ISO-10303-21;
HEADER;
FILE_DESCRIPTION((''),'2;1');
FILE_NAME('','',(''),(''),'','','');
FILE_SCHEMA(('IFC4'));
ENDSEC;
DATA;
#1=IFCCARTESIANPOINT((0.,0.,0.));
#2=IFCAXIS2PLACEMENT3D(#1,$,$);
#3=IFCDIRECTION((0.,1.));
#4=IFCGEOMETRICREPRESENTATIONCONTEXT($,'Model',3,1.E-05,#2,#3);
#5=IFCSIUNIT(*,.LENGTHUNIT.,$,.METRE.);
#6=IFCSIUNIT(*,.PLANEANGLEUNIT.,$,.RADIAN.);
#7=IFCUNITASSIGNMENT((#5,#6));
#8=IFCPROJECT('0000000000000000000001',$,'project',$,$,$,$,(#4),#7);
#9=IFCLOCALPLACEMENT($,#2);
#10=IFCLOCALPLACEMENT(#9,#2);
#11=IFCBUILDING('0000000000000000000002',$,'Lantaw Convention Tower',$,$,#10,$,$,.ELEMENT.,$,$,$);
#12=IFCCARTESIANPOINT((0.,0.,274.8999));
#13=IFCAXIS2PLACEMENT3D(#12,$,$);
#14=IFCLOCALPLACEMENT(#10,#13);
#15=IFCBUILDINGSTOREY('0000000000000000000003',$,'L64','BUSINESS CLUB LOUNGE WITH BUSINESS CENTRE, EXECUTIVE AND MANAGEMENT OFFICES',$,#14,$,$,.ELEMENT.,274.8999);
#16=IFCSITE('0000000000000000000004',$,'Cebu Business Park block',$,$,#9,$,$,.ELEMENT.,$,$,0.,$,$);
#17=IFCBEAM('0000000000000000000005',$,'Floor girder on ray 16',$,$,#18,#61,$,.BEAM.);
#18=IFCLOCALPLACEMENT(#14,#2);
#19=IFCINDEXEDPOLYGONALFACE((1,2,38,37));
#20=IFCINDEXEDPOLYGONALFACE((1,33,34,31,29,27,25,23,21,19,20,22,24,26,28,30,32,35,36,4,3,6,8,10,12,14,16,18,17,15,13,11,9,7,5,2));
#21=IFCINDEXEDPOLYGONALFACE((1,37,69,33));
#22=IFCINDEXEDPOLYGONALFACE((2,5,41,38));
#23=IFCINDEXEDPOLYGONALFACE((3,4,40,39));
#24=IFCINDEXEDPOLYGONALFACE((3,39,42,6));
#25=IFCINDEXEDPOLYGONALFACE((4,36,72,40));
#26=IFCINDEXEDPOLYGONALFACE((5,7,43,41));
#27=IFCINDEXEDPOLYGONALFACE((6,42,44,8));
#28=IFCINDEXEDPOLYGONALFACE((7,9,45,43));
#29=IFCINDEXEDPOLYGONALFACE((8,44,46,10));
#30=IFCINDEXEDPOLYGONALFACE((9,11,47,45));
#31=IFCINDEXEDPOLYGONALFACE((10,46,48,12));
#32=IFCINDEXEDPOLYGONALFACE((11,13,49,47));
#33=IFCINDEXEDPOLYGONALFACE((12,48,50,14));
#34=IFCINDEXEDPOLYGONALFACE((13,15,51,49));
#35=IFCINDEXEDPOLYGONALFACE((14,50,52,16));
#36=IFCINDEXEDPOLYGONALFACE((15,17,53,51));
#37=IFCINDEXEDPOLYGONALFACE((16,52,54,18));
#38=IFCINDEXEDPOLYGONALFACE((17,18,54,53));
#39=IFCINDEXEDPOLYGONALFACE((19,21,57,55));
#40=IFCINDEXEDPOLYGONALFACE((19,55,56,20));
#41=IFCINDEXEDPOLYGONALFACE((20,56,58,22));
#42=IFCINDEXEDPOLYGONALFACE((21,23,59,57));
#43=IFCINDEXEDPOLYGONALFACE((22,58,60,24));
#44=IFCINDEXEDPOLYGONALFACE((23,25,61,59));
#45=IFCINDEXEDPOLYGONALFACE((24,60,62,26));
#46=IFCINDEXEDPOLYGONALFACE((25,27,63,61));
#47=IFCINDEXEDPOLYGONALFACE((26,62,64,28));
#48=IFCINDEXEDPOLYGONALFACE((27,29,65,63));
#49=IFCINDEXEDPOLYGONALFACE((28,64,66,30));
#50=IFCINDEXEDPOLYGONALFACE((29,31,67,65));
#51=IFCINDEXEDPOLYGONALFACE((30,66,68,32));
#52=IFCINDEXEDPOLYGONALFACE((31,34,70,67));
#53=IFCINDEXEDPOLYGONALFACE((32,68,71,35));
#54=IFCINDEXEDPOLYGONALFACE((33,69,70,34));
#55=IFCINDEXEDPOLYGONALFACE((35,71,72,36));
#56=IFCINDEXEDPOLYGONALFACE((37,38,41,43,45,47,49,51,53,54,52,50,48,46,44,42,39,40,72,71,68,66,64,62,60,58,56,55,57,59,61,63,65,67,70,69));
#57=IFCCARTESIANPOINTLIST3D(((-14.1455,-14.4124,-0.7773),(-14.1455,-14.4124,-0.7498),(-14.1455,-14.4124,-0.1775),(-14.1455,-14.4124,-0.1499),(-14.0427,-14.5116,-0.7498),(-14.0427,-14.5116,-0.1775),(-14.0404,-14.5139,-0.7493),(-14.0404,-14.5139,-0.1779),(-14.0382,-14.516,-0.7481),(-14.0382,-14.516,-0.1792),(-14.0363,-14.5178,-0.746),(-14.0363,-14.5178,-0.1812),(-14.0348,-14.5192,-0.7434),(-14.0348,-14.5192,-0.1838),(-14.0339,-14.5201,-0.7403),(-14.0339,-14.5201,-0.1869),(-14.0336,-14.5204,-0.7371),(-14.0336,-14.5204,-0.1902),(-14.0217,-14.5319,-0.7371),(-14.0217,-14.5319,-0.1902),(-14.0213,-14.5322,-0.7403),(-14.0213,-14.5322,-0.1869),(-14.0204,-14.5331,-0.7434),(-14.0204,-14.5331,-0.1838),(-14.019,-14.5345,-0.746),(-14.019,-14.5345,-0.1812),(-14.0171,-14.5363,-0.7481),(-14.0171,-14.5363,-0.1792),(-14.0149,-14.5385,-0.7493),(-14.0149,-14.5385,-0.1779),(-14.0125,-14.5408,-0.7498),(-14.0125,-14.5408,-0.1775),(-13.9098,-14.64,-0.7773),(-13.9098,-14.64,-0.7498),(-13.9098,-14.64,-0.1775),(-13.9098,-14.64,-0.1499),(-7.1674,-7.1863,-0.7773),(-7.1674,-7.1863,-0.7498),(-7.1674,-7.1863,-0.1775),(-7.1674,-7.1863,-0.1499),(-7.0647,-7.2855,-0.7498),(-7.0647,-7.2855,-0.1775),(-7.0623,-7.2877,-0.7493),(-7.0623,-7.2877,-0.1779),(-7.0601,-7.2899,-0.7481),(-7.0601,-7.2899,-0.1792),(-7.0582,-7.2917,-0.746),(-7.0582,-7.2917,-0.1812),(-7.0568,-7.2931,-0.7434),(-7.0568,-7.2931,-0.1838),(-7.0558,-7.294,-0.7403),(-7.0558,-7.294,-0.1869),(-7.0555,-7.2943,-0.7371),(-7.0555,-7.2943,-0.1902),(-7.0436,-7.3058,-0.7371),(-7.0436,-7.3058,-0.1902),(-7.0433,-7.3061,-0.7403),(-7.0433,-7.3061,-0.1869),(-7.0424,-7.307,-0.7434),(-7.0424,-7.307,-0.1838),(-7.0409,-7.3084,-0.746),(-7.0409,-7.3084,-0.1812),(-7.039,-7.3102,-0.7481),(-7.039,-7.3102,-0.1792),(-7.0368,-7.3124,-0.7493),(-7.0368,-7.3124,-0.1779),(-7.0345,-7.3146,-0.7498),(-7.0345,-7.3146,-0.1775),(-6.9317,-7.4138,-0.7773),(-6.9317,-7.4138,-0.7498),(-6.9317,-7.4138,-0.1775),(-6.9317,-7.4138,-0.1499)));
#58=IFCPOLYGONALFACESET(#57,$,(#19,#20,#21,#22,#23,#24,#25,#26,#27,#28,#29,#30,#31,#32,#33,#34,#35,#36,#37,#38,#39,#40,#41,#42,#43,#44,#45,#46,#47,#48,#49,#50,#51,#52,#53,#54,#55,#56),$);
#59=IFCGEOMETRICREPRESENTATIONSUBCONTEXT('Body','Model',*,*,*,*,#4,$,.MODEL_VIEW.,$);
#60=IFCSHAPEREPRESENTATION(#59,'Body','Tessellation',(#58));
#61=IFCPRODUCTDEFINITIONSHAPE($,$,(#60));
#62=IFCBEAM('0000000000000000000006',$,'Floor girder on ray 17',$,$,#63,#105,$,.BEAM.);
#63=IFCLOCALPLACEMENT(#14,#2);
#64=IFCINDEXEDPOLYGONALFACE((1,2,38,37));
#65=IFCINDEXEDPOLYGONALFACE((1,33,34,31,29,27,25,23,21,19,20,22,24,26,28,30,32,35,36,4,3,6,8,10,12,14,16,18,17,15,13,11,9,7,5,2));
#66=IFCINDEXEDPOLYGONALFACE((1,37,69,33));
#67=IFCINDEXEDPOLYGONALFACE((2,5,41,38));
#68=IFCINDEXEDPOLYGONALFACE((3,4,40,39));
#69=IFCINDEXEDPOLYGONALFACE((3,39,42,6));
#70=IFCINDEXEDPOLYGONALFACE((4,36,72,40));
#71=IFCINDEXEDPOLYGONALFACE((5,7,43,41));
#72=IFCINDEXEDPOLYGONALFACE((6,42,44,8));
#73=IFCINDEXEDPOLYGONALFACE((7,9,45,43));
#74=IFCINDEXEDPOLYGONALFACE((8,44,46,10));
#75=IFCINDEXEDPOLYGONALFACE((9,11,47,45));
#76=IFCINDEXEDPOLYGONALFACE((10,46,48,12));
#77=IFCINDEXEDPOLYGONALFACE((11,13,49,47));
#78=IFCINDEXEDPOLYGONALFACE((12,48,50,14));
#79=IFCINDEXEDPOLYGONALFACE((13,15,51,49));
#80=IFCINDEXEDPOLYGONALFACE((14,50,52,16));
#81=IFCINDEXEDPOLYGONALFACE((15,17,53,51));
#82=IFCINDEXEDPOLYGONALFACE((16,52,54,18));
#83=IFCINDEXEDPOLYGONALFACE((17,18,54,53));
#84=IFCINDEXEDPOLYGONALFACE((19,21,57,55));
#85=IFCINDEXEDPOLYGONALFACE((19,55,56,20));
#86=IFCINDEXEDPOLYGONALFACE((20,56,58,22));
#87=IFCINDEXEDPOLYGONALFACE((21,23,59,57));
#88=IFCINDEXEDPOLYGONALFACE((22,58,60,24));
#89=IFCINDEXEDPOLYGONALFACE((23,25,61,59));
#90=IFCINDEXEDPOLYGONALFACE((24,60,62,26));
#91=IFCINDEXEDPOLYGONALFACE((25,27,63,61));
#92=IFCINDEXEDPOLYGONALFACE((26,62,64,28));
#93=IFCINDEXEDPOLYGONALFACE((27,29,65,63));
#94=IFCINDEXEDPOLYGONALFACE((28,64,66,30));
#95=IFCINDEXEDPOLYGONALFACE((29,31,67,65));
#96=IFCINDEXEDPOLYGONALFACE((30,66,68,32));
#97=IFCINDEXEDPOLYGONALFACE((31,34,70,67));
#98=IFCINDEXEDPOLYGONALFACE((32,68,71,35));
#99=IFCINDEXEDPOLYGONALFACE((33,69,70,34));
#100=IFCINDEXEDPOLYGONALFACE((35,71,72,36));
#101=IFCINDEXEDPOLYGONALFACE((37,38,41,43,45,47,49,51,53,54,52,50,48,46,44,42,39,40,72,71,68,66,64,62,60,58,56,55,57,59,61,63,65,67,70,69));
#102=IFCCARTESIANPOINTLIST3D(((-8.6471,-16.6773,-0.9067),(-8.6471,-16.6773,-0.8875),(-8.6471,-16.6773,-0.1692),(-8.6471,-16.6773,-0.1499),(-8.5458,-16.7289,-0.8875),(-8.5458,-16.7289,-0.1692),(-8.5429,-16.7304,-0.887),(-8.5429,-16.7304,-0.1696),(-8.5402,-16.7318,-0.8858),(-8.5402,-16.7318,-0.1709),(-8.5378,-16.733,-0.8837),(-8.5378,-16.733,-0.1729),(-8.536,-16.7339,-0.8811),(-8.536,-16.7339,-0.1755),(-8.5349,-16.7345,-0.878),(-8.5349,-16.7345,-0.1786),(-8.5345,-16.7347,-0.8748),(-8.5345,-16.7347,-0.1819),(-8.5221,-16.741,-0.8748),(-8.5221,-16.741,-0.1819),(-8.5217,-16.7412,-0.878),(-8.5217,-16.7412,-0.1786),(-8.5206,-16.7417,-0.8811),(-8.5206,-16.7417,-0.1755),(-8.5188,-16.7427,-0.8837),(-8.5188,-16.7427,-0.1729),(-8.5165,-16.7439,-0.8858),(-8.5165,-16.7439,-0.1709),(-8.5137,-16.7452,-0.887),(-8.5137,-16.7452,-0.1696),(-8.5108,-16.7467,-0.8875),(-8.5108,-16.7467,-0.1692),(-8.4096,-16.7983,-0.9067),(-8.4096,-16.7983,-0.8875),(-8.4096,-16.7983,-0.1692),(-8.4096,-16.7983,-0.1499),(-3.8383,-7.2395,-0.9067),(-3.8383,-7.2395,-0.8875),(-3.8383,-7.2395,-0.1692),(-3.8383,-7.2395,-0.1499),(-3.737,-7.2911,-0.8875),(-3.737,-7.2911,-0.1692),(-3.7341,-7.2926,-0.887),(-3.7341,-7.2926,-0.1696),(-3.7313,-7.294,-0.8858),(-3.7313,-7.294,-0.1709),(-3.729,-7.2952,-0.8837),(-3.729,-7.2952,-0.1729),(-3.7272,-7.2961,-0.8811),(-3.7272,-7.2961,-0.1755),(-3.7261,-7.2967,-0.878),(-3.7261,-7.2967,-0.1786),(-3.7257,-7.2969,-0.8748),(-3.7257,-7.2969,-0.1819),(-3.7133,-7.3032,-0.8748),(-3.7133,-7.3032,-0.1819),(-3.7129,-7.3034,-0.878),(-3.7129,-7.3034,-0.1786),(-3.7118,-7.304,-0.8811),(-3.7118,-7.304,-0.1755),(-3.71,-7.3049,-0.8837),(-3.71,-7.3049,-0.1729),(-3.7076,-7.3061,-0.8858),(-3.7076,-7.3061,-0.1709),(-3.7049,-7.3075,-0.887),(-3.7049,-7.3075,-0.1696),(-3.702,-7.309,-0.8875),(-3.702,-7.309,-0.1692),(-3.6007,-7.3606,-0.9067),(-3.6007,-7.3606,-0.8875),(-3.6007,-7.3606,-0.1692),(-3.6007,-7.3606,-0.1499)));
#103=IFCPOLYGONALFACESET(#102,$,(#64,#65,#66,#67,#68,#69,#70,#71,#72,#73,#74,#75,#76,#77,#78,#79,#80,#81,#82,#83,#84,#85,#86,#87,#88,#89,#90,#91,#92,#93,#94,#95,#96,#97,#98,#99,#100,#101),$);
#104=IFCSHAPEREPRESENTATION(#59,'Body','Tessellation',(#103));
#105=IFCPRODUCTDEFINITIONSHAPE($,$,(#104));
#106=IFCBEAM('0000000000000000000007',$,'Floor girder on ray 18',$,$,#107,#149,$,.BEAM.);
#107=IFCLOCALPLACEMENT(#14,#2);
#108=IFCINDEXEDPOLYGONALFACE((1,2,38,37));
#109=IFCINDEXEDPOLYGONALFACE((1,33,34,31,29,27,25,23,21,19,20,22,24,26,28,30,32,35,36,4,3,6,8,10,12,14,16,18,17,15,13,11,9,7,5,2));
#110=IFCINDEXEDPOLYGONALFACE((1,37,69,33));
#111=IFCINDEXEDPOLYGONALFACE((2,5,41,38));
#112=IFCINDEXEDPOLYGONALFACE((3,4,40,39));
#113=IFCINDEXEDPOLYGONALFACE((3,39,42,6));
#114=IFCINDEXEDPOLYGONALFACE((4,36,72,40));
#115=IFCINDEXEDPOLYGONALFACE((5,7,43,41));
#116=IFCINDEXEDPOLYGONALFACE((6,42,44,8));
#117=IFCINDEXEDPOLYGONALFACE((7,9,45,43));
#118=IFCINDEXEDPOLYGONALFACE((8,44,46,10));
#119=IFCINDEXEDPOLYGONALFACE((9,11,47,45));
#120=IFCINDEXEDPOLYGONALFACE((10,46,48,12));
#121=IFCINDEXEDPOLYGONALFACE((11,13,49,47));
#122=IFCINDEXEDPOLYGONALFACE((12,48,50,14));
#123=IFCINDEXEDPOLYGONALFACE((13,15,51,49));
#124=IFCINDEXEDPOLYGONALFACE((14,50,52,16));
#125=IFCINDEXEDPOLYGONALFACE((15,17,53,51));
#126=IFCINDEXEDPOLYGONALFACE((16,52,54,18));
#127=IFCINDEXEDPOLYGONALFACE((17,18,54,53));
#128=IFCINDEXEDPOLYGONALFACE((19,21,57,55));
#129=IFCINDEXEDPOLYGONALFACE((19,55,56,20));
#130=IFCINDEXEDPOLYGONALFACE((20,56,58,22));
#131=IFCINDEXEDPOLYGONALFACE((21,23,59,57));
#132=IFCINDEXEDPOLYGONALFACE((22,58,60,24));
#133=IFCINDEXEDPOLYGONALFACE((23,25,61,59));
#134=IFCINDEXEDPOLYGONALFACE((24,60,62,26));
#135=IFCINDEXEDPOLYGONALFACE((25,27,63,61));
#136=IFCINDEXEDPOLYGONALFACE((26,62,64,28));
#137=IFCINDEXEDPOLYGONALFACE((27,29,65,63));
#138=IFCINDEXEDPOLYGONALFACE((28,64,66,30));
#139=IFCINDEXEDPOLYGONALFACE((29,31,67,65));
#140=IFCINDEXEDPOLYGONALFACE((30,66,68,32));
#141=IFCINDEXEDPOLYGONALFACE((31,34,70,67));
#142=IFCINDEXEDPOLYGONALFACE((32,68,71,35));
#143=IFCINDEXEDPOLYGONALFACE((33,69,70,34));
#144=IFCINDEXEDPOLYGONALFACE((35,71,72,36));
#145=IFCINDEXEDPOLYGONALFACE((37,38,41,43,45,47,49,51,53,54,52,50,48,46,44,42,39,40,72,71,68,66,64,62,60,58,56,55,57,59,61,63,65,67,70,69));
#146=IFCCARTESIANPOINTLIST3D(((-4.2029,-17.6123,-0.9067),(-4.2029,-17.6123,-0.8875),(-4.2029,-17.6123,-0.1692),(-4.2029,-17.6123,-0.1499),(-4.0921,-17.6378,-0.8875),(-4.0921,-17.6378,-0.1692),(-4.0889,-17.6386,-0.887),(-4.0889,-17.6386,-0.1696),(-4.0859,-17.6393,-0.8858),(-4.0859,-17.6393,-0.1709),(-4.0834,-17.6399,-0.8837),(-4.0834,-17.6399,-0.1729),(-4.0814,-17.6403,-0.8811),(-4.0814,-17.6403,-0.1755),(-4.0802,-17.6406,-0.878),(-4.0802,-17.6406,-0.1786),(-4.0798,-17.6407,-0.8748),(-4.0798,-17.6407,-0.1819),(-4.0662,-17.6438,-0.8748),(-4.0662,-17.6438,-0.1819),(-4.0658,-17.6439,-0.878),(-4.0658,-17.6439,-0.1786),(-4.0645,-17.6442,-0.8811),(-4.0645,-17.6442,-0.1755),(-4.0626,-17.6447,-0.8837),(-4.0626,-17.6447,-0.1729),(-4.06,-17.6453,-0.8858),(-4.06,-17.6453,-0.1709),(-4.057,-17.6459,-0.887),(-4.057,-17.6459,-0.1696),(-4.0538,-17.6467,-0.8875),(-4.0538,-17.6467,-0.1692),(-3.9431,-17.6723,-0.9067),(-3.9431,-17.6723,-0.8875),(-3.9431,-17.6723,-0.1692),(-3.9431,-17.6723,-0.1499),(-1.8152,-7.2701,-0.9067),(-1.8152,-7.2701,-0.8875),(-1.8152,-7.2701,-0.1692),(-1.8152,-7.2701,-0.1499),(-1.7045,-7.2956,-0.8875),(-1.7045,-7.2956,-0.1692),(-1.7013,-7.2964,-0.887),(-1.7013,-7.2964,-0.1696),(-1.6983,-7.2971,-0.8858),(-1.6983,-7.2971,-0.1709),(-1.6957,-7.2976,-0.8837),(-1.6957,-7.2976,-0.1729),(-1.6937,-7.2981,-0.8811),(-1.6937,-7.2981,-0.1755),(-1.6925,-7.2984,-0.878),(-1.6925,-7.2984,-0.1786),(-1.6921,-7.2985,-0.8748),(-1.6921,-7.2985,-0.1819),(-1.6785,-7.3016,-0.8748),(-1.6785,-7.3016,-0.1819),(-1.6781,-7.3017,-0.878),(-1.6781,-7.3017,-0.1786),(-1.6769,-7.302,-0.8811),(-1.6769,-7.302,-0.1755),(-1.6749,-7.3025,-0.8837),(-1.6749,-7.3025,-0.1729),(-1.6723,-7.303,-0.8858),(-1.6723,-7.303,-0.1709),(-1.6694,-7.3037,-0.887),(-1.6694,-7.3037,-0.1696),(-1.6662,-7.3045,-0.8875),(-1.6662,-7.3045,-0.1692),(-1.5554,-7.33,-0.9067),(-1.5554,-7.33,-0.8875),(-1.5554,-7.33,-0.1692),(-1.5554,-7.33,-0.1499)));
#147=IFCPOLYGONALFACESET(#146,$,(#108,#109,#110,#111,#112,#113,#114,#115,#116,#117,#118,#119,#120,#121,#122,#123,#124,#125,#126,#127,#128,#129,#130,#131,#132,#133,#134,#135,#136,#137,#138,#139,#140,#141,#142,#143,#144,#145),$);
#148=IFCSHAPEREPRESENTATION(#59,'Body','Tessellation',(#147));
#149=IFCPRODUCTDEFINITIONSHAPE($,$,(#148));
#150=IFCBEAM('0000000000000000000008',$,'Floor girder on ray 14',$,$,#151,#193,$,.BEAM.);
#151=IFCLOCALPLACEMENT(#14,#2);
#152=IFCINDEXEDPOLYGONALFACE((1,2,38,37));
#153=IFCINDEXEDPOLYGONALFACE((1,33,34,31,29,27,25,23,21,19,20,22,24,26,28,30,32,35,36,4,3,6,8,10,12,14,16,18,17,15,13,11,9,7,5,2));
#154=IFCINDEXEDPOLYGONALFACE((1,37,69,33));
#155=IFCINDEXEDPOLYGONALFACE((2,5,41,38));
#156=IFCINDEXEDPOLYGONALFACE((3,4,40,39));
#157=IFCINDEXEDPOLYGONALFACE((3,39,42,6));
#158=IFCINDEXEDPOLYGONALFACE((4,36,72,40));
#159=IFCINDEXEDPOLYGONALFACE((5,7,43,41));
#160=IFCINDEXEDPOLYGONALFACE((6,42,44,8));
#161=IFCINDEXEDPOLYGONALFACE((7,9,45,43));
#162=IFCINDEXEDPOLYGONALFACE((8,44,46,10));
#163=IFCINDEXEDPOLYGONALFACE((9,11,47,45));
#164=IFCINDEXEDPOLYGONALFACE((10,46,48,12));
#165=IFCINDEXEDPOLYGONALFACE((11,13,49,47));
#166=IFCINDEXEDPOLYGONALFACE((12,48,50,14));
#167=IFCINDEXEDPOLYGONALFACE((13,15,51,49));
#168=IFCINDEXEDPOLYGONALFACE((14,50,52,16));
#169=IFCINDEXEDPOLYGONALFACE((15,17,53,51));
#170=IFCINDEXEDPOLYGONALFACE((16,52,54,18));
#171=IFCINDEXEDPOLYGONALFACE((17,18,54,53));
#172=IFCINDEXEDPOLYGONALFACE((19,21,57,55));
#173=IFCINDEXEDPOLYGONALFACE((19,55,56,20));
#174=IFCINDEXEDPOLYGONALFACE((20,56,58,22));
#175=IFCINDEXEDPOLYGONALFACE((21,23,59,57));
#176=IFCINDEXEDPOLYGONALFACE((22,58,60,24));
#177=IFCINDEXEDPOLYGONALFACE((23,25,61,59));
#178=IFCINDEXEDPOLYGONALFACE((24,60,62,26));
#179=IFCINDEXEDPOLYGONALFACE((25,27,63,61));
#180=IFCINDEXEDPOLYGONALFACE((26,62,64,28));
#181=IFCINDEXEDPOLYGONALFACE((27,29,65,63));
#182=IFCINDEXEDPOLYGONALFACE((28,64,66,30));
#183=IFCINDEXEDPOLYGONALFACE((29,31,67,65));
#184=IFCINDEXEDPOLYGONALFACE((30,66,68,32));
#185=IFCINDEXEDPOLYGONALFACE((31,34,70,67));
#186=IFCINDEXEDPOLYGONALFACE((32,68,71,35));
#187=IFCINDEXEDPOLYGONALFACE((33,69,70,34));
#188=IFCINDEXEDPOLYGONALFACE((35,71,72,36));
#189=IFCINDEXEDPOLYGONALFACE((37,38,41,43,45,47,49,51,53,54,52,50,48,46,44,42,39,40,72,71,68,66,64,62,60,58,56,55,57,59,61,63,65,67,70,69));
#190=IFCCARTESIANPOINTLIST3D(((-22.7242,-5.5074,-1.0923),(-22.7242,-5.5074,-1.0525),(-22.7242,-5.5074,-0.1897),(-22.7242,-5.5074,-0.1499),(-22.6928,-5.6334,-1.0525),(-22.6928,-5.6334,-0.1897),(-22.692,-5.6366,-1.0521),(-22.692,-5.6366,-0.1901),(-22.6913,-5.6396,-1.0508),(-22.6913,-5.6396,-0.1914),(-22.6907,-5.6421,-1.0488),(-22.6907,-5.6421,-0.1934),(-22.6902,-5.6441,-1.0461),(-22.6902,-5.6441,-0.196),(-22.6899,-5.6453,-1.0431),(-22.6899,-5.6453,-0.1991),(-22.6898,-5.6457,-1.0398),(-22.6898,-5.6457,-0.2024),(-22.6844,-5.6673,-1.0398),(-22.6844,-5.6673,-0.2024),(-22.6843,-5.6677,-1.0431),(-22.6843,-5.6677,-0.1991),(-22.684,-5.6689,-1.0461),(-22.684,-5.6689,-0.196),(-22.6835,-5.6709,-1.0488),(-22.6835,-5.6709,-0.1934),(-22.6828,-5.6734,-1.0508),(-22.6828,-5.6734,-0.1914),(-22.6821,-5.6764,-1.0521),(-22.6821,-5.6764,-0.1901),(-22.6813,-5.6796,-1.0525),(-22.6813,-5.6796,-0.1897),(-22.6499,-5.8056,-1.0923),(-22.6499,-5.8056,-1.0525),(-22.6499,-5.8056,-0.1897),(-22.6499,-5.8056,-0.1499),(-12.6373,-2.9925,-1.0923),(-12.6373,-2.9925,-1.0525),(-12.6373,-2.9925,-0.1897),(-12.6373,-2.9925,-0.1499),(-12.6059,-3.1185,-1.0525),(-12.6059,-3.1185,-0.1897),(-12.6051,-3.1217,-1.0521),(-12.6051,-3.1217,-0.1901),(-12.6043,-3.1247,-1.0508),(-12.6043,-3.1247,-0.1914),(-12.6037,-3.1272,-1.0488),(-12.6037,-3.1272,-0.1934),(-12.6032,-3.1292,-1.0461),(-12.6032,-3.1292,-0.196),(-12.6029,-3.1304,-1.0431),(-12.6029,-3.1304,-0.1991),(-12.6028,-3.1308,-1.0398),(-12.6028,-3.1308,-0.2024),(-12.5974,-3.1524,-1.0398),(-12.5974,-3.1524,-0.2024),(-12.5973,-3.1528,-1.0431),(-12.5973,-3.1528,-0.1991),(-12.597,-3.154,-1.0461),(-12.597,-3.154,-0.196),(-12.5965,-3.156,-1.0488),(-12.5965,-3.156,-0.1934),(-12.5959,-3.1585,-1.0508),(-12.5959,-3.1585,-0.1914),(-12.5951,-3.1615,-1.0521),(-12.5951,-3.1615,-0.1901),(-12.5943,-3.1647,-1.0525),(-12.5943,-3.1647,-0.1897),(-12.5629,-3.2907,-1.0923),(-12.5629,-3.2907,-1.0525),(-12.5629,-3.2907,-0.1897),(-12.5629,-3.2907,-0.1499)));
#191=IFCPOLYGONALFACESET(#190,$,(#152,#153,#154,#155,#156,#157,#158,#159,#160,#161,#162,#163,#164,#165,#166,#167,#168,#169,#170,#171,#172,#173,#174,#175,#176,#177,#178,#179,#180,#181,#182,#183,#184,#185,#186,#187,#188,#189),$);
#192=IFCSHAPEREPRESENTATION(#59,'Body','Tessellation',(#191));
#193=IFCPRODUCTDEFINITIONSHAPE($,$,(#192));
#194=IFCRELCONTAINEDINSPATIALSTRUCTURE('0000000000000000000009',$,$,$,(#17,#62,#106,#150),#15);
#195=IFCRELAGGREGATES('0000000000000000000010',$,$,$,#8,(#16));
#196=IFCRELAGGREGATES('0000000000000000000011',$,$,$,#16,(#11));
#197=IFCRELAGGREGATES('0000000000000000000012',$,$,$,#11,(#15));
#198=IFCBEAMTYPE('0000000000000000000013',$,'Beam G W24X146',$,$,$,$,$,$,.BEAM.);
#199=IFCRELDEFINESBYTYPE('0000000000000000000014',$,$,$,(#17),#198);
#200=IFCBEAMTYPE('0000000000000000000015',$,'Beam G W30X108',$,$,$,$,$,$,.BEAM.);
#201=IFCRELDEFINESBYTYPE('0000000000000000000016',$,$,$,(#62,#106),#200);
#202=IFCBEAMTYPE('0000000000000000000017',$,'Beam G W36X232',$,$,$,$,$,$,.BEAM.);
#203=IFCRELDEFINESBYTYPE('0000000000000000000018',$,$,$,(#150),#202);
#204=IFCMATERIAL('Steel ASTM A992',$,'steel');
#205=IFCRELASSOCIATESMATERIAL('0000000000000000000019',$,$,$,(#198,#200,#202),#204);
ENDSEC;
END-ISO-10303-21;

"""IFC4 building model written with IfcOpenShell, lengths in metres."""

from ifc_helpers import new_model, si_unit, direction, frame, origin, origin_2d, place, context, subcontext, project, spatial, i_section, extrude, material, material_profile, profile_set, type_object, element, save


model = new_model("IFC4")

# Units and contexts
model_context = context("Model", 3, precision=1e-05, world=origin(), true_north=direction((0.0, 1.0)))
body_context = subcontext(model_context, "Body", "Model", "MODEL_VIEW")
ifc_project = project(units=[si_unit("LENGTHUNIT", "METRE"), si_unit("PLANEANGLEUNIT", "RADIAN")], contexts=[model_context])

# Site, building, storey
site_placement = place(None, origin())
site = spatial("IfcSite", under=ifc_project, at=site_placement, Name="Cebu Business Park block", CompositionType="ELEMENT", RefElevation=0.0)
building_placement = place(site_placement, origin())
building = spatial("IfcBuilding", under=site, at=building_placement, Name="Lantaw Convention Tower", CompositionType="ELEMENT")
storey_placement = place(building_placement, frame((0.0, 0.0, 274.8999)))
storey = spatial("IfcBuildingStorey", under=building, at=storey_placement, Name="L64", Description="BUSINESS CLUB LOUNGE WITH BUSINESS CENTRE, EXECUTIVE AND MANAGEMENT OFFICES", CompositionType="ELEMENT", Elevation=274.8999)

# Beams
ifc_material_1 = material(Name="Steel ASTM A992", Category="steel")
ifc_material_profile_1 = material_profile(ifc_material_1, i_section(OverallWidth=0.3276, OverallDepth=0.6274, WebThickness=0.0166, FlangeThickness=0.0276, FilletRadius=0.0127, at=origin_2d()), Name="W24X146")
ifc_profile_set_1 = profile_set([ifc_material_profile_1], Name="Steel ASTM A992")
beam_type_1 = type_object("IfcBeamType", Name="Beam G W24X146", PredefinedType="BEAM", material=ifc_profile_set_1)
beam_1_placement = place(storey_placement, frame((-7.0496, -7.3, -0.4636), z_axis=(-0.694653, -0.719345, 0.0), x_axis=(0.719345, -0.694653, 0.0)))
element("IfcBeam", 1, at=beam_1_placement, inside=storey, type_object=beam_type_1, Name="Floor girder on ray 16", PredefinedType="BEAM", context=body_context, shape_type="SweptSolid", body=[
    extrude(i_section(OverallWidth=0.3276, OverallDepth=0.6274, WebThickness=0.0166, FlangeThickness=0.0276, FilletRadius=0.0127, at=origin_2d()), origin(), (0.0, 0.0, 1.0), 10.0454),
])
ifc_material_profile_2 = material_profile(ifc_material_1, i_section(OverallWidth=0.2666, OverallDepth=0.7568, WebThickness=0.0139, FlangeThickness=0.0193, FilletRadius=0.0127, at=origin_2d()), Name="W30X108")
ifc_profile_set_2 = profile_set([ifc_material_profile_2], Name="Steel ASTM A992")
beam_type_2 = type_object("IfcBeamType", Name="Beam G W30X108", PredefinedType="BEAM", material=ifc_profile_set_2)
beam_2_placement = place(storey_placement, frame((-3.7195, -7.3, -0.5283), z_axis=(-0.453996, -0.891004, 0.0), x_axis=(0.891004, -0.453996, 0.0)))
element("IfcBeam", 2, at=beam_2_placement, inside=storey, type_object=beam_type_2, Name="Floor girder on ray 17", PredefinedType="BEAM", context=body_context, shape_type="SweptSolid", body=[
    extrude(i_section(OverallWidth=0.2666, OverallDepth=0.7568, WebThickness=0.0139, FlangeThickness=0.0193, FilletRadius=0.0127, at=origin_2d()), origin(), (0.0, 0.0, 1.0), 10.5923),
])
beam_3_placement = place(storey_placement, frame((-1.6853, -7.3, -0.5283), z_axis=(-0.22495, -0.97437, 0.0), x_axis=(0.97437, -0.22495, 0.0)))
element("IfcBeam", 3, at=beam_3_placement, inside=storey, type_object=beam_type_2, Name="Floor girder on ray 18", PredefinedType="BEAM", context=body_context, shape_type="SweptSolid", body=[
    extrude(i_section(OverallWidth=0.2666, OverallDepth=0.7568, WebThickness=0.0139, FlangeThickness=0.0193, FilletRadius=0.0127, at=origin_2d()), origin(), (0.0, 0.0, 1.0), 10.6143),
])
ifc_material_profile_3 = material_profile(ifc_material_1, i_section(OverallWidth=0.3074, OverallDepth=0.9424, WebThickness=0.0222, FlangeThickness=0.0398, FilletRadius=0.0127, at=origin_2d()), Name="W36X232")
ifc_profile_set_3 = profile_set([ifc_material_profile_3], Name="Steel ASTM A992")
beam_type_3 = type_object("IfcBeamType", Name="Beam G W36X232", PredefinedType="BEAM", material=ifc_profile_set_3)
beam_4_placement = place(storey_placement, frame((-12.6001, -3.1416, -0.6211), z_axis=(-0.970297, -0.241917, 0.0), x_axis=(0.241917, -0.970297, 0.0)))
element("IfcBeam", 4, at=beam_4_placement, inside=storey, type_object=beam_type_3, Name="Floor girder on ray 14", PredefinedType="BEAM", context=body_context, shape_type="SweptSolid", body=[
    extrude(i_section(OverallWidth=0.3074, OverallDepth=0.9424, WebThickness=0.0222, FlangeThickness=0.0398, FilletRadius=0.0127, at=origin_2d()), origin(), (0.0, 0.0, 1.0), 10.3958),
])

save(model, "model.ifc")
